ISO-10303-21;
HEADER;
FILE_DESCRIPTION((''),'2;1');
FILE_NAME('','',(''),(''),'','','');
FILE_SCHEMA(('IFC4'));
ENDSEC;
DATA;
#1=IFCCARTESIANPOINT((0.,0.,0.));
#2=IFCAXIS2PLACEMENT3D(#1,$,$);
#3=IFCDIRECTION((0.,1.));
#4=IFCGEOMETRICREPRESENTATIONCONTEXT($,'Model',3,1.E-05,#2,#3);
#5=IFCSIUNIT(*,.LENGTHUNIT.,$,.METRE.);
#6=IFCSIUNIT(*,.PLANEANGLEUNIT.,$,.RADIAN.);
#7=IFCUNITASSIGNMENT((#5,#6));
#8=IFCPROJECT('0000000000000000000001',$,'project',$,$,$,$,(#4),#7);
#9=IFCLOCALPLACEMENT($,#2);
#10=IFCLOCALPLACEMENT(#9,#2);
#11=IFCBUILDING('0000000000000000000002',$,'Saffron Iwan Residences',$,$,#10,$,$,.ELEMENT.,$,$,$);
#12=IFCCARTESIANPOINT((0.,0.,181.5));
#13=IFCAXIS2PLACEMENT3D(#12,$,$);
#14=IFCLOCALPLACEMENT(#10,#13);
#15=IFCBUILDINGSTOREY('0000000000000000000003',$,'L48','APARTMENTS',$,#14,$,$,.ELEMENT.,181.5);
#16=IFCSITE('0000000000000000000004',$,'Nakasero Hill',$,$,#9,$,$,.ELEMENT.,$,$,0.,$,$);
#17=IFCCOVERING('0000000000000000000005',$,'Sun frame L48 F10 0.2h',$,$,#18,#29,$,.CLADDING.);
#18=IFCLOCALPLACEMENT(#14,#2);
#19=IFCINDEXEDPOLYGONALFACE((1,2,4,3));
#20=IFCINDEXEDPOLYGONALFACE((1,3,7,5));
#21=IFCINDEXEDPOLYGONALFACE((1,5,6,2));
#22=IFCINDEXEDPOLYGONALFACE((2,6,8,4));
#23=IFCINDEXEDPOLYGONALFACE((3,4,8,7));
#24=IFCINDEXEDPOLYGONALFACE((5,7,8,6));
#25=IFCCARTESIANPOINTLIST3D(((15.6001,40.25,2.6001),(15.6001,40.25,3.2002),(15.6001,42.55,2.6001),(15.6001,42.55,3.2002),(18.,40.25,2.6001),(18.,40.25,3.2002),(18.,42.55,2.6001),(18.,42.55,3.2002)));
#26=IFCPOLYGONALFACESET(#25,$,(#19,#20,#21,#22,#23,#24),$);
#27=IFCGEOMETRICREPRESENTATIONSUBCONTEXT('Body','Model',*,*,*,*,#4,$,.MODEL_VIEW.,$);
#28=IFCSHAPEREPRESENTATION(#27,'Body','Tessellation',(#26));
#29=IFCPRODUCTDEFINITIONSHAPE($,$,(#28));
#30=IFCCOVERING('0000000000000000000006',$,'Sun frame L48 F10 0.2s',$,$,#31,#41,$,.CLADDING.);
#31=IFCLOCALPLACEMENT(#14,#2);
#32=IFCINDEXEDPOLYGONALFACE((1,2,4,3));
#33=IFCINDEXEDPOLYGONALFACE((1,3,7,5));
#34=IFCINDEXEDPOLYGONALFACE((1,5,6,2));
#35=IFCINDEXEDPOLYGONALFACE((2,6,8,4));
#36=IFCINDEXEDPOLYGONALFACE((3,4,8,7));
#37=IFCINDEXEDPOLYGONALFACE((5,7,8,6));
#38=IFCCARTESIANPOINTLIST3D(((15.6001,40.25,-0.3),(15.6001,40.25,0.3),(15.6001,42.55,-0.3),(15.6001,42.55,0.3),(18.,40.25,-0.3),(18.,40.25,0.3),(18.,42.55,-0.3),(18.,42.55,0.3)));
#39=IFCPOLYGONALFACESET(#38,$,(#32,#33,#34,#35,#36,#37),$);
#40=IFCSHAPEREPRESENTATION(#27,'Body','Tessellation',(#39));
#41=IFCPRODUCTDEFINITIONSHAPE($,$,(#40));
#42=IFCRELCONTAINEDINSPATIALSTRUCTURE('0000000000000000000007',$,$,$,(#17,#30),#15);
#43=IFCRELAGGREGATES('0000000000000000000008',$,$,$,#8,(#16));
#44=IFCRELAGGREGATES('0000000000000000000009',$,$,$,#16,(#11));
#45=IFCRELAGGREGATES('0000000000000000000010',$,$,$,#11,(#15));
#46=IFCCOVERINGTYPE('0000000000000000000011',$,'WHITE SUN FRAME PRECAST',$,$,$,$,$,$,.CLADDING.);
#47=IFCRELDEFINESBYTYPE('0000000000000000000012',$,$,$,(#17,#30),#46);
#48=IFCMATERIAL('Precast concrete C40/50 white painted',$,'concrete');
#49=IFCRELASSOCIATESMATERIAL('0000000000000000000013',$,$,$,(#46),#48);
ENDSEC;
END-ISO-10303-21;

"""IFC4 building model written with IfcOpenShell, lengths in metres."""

from ifc_helpers import new_model, si_unit, direction, frame, origin, place, context, subcontext, project, spatial, polyline, outline, extrude, material, type_object, element, save


model = new_model("IFC4")

# Units and contexts
model_context = context("Model", 3, precision=1e-05, world=origin(), true_north=direction((0.0, 1.0)))
body_context = subcontext(model_context, "Body", "Model", "MODEL_VIEW")
ifc_project = project(units=[si_unit("LENGTHUNIT", "METRE"), si_unit("PLANEANGLEUNIT", "RADIAN")], contexts=[model_context])

# Site, building, storey
site_placement = place(None, origin())
site = spatial("IfcSite", under=ifc_project, at=site_placement, Name="Nakasero Hill", CompositionType="ELEMENT", RefElevation=0.0)
building_placement = place(site_placement, origin())
building = spatial("IfcBuilding", under=site, at=building_placement, Name="Saffron Iwan Residences", CompositionType="ELEMENT")
storey_placement = place(building_placement, frame((0.0, 0.0, 181.5)))
storey = spatial("IfcBuildingStorey", under=building, at=storey_placement, Name="L48", Description="APARTMENTS", CompositionType="ELEMENT", Elevation=181.5)

# Coverings
ifc_material_1 = material(Name="Precast concrete C40/50 white painted", Category="concrete")
covering_type_1 = type_object("IfcCoveringType", Name="WHITE SUN FRAME PRECAST", PredefinedType="CLADDING", material=ifc_material_1)
for number, where, z_axis, x_axis, name in (
    (1, (18.0, 42.55, 2.6001), (-1.0, 0.0, 0.0), (0.0, -1.0, 0.0), "Sun frame L48 F10 0.2h"),
    (2, (18.0, 42.55, -0.3), (-1.0, 0.0, 0.0), (0.0, -1.0, 0.0), "Sun frame L48 F10 0.2s"),
):
    element("IfcCovering", number, at=place(storey_placement, frame(where, z_axis=z_axis, x_axis=x_axis)), inside=storey, type_object=covering_type_1, Name=name, PredefinedType="CLADDING", context=body_context, shape_type="SweptSolid", body=[
        extrude(outline(polyline([(0.0, 0.0), (2.3, 0.0), (2.3, 0.6001), (0.0, 0.6001), (0.0, 0.0)])), origin(), (0.0, 0.0, 1.0), 2.3999),
    ])

save(model, "model.ifc")
